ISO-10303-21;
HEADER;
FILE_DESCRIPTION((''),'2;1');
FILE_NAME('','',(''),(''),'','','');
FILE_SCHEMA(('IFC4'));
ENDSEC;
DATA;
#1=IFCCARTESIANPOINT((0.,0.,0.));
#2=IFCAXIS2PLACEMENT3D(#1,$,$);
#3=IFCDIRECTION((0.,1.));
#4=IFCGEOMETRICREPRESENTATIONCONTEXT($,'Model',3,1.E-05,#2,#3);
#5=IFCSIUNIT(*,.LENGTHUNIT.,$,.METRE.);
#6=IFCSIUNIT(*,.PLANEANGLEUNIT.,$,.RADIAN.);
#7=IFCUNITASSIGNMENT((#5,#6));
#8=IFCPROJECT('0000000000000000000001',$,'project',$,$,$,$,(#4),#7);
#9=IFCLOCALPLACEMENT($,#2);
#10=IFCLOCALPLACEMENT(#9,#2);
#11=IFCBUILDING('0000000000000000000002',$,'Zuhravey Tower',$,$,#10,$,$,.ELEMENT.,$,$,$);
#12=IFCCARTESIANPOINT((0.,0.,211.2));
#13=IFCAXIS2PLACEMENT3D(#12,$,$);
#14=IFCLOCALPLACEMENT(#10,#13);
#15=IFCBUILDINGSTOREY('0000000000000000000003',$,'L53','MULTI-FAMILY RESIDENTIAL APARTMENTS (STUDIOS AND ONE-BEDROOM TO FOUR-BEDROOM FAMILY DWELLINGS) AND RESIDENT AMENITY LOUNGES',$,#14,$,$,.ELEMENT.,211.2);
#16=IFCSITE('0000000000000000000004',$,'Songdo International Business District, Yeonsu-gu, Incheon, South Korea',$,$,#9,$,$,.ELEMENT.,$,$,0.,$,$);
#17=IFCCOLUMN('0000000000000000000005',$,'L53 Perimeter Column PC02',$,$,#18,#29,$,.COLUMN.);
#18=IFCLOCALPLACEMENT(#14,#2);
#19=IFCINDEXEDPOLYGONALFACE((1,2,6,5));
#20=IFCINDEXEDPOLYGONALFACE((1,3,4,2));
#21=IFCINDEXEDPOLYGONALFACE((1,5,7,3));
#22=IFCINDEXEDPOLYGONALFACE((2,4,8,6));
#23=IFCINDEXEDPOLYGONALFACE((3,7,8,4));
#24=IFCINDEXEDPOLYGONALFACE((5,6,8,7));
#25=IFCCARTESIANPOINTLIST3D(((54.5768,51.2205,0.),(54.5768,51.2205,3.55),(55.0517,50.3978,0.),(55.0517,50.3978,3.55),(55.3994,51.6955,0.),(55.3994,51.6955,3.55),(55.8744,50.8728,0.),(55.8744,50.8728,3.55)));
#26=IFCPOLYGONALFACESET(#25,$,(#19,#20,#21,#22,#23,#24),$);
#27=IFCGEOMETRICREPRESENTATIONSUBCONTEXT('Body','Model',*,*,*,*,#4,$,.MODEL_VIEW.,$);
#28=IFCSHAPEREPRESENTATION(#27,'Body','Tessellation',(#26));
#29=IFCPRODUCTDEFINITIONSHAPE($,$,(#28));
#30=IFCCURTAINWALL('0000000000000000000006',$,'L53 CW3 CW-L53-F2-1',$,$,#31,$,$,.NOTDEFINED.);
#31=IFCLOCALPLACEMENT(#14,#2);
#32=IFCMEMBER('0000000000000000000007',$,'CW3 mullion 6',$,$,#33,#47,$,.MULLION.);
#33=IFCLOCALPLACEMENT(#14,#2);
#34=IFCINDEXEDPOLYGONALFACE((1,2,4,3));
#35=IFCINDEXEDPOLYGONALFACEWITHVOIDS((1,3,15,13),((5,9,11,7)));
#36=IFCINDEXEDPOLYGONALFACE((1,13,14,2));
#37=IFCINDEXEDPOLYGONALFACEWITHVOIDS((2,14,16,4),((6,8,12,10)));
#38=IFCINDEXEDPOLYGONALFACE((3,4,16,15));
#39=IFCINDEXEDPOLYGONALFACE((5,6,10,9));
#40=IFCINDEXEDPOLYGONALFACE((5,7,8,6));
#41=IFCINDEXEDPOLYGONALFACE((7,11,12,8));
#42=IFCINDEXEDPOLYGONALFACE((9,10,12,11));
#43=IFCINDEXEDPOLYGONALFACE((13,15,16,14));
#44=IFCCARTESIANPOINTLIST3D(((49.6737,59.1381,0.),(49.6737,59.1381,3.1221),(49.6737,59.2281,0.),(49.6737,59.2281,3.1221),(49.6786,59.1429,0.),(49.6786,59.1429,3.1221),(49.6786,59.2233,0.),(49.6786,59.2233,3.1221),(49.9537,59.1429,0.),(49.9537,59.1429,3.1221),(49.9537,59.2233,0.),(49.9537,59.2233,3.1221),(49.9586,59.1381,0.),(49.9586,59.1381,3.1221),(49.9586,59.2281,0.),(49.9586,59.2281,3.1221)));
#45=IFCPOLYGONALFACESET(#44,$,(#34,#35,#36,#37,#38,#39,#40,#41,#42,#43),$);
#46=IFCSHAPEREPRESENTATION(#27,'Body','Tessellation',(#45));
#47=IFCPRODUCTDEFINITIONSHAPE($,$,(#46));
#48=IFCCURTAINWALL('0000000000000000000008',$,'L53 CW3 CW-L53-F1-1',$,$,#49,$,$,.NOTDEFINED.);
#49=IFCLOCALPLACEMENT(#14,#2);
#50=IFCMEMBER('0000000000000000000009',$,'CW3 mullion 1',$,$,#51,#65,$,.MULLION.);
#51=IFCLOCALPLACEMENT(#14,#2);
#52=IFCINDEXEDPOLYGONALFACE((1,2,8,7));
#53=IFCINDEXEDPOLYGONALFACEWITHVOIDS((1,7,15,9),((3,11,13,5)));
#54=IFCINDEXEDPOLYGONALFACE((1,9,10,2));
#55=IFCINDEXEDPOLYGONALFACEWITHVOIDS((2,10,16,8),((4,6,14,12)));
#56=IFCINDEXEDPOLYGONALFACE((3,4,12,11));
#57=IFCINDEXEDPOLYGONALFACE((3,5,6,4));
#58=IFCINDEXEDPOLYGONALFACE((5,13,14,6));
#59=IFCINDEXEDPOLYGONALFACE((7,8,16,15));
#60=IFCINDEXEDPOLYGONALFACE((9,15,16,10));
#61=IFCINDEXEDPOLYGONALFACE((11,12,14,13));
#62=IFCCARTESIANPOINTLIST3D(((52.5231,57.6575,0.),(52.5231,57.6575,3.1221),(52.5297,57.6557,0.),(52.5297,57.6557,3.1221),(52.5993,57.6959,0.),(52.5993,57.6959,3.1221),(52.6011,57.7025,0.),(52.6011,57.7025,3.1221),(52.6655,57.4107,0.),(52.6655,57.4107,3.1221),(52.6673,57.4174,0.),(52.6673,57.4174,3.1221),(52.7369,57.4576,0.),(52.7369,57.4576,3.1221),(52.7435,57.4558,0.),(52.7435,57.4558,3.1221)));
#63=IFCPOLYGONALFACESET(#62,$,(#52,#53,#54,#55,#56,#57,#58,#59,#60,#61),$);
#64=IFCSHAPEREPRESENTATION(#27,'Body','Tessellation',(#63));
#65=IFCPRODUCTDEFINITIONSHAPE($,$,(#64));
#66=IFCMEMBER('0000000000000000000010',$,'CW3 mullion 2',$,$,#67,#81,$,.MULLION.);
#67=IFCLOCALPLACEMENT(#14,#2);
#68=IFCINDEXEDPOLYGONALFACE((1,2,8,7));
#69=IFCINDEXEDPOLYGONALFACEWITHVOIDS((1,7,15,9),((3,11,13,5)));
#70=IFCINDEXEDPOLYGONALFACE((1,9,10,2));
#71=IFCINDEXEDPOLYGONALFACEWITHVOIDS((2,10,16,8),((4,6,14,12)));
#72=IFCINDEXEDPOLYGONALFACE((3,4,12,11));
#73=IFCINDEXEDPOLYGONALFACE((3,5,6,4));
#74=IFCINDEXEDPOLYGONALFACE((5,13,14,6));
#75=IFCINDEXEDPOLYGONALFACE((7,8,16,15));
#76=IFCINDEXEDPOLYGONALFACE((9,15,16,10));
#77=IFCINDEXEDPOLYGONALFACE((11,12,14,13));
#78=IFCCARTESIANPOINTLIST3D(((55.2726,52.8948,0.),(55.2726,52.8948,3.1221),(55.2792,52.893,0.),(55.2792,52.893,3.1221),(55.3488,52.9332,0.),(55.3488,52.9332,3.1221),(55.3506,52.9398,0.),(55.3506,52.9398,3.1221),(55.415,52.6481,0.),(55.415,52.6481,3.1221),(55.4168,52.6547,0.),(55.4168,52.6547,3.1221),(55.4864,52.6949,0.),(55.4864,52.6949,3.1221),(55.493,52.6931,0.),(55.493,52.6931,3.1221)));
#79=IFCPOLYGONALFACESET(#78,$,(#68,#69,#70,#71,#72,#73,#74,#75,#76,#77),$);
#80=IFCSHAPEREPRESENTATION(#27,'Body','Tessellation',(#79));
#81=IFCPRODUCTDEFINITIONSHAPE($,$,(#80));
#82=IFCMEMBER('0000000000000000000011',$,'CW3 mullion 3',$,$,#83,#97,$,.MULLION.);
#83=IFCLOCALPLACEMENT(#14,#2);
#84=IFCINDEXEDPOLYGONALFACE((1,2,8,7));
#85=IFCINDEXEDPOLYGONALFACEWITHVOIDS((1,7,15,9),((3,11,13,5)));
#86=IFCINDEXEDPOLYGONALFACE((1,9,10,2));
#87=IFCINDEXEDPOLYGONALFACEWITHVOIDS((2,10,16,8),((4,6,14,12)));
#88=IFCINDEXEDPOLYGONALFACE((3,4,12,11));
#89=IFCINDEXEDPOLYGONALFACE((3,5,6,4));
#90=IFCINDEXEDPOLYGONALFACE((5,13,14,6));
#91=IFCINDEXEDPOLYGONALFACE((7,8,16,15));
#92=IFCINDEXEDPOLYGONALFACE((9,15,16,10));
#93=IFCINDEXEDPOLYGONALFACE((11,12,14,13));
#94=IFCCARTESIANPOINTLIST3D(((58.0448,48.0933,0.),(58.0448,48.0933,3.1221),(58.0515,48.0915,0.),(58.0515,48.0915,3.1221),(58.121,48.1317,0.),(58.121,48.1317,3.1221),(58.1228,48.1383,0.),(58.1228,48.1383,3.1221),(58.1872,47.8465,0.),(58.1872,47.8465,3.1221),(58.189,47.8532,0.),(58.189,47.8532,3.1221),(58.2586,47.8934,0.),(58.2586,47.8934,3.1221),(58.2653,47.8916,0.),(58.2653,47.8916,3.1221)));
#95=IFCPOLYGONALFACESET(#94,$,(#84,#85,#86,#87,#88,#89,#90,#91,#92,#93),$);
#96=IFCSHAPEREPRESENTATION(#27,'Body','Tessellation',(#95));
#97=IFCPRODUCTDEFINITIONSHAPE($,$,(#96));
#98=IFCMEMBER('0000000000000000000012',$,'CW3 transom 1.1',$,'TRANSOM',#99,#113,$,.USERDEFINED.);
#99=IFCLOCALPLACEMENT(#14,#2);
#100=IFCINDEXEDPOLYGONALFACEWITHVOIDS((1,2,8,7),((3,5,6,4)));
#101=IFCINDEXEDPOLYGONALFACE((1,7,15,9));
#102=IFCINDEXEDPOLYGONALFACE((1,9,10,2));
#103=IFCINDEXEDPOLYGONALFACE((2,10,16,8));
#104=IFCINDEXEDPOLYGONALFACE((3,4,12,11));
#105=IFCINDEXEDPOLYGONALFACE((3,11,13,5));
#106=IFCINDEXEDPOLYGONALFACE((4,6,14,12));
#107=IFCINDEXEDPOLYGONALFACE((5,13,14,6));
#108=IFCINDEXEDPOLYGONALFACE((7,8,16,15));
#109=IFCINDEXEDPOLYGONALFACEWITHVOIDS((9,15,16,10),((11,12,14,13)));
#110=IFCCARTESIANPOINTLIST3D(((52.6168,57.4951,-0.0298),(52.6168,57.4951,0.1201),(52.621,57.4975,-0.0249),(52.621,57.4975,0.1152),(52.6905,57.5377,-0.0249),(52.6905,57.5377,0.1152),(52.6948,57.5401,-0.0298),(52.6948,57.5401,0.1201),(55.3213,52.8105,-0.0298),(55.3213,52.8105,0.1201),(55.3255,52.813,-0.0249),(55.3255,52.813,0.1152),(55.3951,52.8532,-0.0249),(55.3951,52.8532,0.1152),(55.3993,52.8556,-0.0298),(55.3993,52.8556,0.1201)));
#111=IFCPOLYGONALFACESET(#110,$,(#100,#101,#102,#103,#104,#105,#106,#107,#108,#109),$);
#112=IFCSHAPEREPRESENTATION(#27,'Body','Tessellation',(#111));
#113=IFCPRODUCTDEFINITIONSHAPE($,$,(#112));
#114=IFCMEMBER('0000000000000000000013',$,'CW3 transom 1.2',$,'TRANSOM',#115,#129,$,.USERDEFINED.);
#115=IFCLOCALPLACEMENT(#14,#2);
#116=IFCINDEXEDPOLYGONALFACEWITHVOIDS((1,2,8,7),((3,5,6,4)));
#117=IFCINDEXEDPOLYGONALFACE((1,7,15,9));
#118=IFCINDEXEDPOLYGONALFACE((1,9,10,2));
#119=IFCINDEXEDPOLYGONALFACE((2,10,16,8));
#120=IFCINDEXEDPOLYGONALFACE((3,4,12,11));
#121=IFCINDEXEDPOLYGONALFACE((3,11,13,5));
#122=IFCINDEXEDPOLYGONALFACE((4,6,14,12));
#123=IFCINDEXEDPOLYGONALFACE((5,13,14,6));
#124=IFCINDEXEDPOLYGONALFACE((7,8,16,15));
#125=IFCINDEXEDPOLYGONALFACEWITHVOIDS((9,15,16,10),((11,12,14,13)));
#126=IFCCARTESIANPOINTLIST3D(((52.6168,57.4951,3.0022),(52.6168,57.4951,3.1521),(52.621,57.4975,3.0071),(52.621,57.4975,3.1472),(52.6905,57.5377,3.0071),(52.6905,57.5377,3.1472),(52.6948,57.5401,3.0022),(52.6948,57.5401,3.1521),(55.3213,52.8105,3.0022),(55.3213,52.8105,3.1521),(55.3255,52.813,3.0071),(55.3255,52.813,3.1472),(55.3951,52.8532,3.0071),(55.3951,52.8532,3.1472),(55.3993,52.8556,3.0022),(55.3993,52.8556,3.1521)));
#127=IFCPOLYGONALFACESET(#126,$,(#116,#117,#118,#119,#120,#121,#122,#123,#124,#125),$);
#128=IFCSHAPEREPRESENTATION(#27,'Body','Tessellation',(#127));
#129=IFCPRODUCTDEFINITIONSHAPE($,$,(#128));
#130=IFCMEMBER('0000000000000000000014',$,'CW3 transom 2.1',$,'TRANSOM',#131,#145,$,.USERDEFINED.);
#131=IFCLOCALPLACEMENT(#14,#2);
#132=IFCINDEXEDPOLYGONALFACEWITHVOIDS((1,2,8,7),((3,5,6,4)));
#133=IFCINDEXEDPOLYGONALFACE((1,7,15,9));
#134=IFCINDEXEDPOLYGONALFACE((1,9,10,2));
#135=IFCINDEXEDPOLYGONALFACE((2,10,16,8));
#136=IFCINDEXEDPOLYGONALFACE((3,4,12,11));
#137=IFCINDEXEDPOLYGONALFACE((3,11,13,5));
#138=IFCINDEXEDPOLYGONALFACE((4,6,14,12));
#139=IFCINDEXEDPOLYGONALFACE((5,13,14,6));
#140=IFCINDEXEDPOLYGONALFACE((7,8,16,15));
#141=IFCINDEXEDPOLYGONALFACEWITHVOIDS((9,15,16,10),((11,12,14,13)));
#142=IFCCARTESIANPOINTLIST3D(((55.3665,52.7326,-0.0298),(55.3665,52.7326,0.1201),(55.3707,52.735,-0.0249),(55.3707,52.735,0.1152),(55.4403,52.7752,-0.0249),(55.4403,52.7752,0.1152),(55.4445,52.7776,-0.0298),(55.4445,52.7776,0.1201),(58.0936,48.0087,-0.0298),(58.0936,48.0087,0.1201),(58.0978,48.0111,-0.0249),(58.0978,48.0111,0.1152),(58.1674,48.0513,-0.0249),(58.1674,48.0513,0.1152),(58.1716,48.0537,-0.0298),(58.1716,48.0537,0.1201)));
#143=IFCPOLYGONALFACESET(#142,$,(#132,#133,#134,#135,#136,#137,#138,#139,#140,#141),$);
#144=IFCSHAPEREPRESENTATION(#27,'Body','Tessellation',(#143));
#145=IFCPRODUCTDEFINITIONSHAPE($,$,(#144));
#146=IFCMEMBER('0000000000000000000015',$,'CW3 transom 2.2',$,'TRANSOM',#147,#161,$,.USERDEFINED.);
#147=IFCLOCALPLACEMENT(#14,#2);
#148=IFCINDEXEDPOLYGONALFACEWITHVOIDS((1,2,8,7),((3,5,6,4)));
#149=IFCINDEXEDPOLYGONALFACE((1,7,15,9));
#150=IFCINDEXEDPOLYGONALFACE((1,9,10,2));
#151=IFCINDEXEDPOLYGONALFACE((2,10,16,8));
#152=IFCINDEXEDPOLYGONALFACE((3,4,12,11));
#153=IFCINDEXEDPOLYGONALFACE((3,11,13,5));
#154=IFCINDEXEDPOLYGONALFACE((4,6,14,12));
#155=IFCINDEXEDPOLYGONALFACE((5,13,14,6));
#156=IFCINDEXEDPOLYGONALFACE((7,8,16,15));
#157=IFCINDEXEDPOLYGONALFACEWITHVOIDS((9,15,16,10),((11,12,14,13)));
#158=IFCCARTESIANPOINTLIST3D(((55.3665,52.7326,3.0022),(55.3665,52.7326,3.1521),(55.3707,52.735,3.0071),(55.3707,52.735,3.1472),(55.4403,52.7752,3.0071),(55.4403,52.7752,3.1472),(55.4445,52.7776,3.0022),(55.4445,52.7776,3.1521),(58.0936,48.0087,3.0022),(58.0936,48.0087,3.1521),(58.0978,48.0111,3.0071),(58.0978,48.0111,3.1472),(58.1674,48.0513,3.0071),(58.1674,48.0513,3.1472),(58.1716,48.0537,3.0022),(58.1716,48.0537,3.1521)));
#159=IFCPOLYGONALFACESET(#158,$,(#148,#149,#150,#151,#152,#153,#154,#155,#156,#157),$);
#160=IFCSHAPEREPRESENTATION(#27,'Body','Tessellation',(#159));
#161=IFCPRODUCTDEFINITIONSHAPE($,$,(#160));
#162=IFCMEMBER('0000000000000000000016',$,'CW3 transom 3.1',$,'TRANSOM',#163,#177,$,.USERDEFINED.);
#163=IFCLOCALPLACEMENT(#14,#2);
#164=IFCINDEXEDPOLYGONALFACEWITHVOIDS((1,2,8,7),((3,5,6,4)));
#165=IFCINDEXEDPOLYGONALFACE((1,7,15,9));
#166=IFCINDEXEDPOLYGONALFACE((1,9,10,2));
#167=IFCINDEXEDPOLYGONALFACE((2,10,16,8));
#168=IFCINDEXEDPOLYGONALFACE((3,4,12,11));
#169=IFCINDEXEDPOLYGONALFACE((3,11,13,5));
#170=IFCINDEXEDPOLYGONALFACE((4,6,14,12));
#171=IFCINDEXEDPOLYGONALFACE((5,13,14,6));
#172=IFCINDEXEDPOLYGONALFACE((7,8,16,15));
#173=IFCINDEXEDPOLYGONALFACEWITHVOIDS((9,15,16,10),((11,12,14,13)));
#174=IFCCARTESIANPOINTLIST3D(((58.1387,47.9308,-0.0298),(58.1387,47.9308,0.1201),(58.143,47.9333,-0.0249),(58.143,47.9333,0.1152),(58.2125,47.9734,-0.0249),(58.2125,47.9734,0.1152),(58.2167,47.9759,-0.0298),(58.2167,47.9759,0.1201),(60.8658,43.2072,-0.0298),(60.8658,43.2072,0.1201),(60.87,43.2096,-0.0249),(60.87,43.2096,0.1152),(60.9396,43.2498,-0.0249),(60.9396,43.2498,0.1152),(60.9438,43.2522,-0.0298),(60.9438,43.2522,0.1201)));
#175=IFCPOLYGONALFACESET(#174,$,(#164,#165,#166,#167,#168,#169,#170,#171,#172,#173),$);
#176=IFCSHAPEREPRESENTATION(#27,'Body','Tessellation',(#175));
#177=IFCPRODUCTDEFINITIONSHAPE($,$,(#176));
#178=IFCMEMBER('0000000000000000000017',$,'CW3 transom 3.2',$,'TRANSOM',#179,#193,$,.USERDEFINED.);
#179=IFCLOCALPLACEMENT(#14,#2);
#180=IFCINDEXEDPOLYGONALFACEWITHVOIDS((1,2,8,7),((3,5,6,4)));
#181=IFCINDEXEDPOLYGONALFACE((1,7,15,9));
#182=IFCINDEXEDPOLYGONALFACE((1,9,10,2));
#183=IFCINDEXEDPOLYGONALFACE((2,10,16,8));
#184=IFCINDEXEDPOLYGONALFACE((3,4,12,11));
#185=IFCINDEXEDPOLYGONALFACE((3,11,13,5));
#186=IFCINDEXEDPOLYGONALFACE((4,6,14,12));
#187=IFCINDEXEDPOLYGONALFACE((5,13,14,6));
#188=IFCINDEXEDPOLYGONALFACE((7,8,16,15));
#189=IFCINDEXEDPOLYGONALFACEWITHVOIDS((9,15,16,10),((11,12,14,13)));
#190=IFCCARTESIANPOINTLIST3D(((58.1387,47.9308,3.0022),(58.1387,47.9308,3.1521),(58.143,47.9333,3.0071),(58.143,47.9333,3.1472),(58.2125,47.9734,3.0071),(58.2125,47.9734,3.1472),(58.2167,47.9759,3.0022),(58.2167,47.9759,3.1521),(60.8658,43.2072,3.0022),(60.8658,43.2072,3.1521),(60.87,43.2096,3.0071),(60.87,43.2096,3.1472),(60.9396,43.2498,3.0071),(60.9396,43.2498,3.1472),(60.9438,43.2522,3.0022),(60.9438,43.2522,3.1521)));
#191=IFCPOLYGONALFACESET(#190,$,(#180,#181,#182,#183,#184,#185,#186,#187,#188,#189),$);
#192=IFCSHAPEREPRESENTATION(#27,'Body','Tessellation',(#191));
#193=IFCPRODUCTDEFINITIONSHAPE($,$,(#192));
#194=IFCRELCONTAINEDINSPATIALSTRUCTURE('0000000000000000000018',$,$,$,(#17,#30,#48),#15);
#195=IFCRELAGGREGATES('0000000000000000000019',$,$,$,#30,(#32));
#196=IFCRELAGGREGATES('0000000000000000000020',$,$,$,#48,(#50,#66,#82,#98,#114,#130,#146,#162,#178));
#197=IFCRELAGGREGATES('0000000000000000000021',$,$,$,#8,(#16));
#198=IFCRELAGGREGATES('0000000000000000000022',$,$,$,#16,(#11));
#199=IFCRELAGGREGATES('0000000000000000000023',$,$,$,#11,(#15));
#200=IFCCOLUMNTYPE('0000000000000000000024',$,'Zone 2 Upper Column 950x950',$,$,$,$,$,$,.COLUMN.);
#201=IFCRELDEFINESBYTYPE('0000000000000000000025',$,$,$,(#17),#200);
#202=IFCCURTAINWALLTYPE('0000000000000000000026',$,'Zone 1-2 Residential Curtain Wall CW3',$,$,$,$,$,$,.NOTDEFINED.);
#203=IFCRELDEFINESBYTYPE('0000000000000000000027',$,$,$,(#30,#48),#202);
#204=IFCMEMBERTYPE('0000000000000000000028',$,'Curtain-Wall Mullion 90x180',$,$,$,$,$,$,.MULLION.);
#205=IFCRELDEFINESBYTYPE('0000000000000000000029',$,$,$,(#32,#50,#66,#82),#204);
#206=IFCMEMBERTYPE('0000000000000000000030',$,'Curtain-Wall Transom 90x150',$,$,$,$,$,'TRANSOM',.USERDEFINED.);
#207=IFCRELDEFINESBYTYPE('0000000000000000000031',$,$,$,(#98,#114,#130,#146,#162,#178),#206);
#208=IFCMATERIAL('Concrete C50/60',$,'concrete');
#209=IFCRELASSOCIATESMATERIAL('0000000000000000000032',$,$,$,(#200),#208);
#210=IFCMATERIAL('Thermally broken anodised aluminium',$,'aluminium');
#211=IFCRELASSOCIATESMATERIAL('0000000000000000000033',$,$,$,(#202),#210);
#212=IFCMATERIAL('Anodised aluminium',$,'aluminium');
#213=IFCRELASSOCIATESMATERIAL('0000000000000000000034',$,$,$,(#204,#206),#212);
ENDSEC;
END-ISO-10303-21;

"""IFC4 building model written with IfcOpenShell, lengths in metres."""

from ifc_helpers import new_model, si_unit, direction, frame, origin, origin_2d, place, context, subcontext, project, spatial, rectangle, hollow_rectangle, extrude, material, material_profile, profile_set, type_object, element, aggregate, save


model = new_model("IFC4")

# Units and contexts
model_context = context("Model", 3, precision=1e-05, world=origin(), true_north=direction((0.0, 1.0)))
body_context = subcontext(model_context, "Body", "Model", "MODEL_VIEW")
ifc_project = project(units=[si_unit("LENGTHUNIT", "METRE"), si_unit("PLANEANGLEUNIT", "RADIAN")], contexts=[model_context])

# Site, building, storey
site_placement = place(None, origin())
site = spatial("IfcSite", under=ifc_project, at=site_placement, Name="Songdo International Business District, Yeonsu-gu, Incheon, South Korea", CompositionType="ELEMENT", RefElevation=0.0)
building_placement = place(site_placement, origin())
building = spatial("IfcBuilding", under=site, at=building_placement, Name="Zuhravey Tower", CompositionType="ELEMENT")
storey_placement = place(building_placement, frame((0.0, 0.0, 211.2)))
storey = spatial("IfcBuildingStorey", under=building, at=storey_placement, Name="L53", Description="MULTI-FAMILY RESIDENTIAL APARTMENTS (STUDIOS AND ONE-BEDROOM TO FOUR-BEDROOM FAMILY DWELLINGS) AND RESIDENT AMENITY LOUNGES", CompositionType="ELEMENT", Elevation=211.2)

# Column
ifc_material_1 = material(Name="Concrete C50/60", Category="concrete")
ifc_material_profile_1 = material_profile(ifc_material_1, rectangle(XDim=0.95, YDim=0.95, at=origin_2d()), Name="RC-950x950")
ifc_profile_set_1 = profile_set([ifc_material_profile_1], Name="Concrete C50/60")
column_type = type_object("IfcColumnType", Name="Zone 2 Upper Column 950x950", PredefinedType="COLUMN", material=ifc_profile_set_1)
column_placement = place(storey_placement, frame((55.2256, 51.0466, 0.0), z_axis=(0.0, 0.0, 1.0), x_axis=(-0.5, 0.866025, 0.0)))
element("IfcColumn", 1, at=column_placement, inside=storey, type_object=column_type, Name="L53 Perimeter Column PC02", PredefinedType="COLUMN", context=body_context, shape_type="SweptSolid", body=[
    extrude(rectangle(XDim=0.95, YDim=0.95, at=origin_2d()), origin(), (0.0, 0.0, 1.0), 3.55),
])

# Curtain wall, member
ifc_material_2 = material(Name="Thermally broken anodised aluminium", Category="aluminium")
curtain_wall_type = type_object("IfcCurtainWallType", Name="Zone 1-2 Residential Curtain Wall CW3", PredefinedType="NOTDEFINED", material=ifc_material_2)
curtain_wall_1_placement = place(storey_placement, origin())
curtain_wall_1 = element("IfcCurtainWall", 2, at=curtain_wall_1_placement, inside=storey, type_object=curtain_wall_type, Name="L53 CW3 CW-L53-F2-1", PredefinedType="NOTDEFINED")
ifc_material_3 = material(Name="Anodised aluminium", Category="aluminium")
ifc_material_profile_2 = material_profile(ifc_material_3, hollow_rectangle(XDim=0.0901, YDim=0.2849, WallThickness=0.0049, at=origin_2d()), Name="ALU-RHS-90x285x5")
ifc_profile_set_2 = profile_set([ifc_material_profile_2], Name="Anodised aluminium")
member_type_1 = type_object("IfcMemberType", Name="Curtain-Wall Mullion 90x180", PredefinedType="MULLION", material=ifc_profile_set_2)
member_1_placement = place(storey_placement, frame((49.8162, 59.1831, 0.0), z_axis=(0.0, 0.0, 1.0), x_axis=(0.0, 1.0, 0.0)))
member_1 = element("IfcMember", 3, at=member_1_placement, type_object=member_type_1, Name="CW3 mullion 6", PredefinedType="MULLION", context=body_context, shape_type="SweptSolid", body=[
    extrude(hollow_rectangle(XDim=0.0901, YDim=0.2849, WallThickness=0.0049, at=origin_2d()), origin(), (0.0, 0.0, 1.0), 3.1221),
])

# Curtain wall, members
curtain_wall_2_placement = place(storey_placement, origin())
curtain_wall_2 = element("IfcCurtainWall", 4, at=curtain_wall_2_placement, inside=storey, type_object=curtain_wall_type, Name="L53 CW3 CW-L53-F1-1", PredefinedType="NOTDEFINED")
member_2_placement = place(storey_placement, frame((52.6333, 57.5566, 0.0), z_axis=(0.0, 0.0, 1.0), x_axis=(0.866025, 0.5, 0.0)))
member_2 = element("IfcMember", 5, at=member_2_placement, type_object=member_type_1, Name="CW3 mullion 1", PredefinedType="MULLION", context=body_context, shape_type="SweptSolid", body=[
    extrude(hollow_rectangle(XDim=0.0901, YDim=0.2849, WallThickness=0.0049, at=origin_2d()), origin(), (0.0, 0.0, 1.0), 3.1221),
])
member_3_placement = place(storey_placement, frame((55.3828, 52.7939, 0.0), z_axis=(0.0, 0.0, 1.0), x_axis=(0.866025, 0.5, 0.0)))
member_3 = element("IfcMember", 6, at=member_3_placement, type_object=member_type_1, Name="CW3 mullion 2", PredefinedType="MULLION", context=body_context, shape_type="SweptSolid", body=[
    extrude(hollow_rectangle(XDim=0.0901, YDim=0.2849, WallThickness=0.0049, at=origin_2d()), origin(), (0.0, 0.0, 1.0), 3.1221),
])
member_4_placement = place(storey_placement, frame((58.155, 47.9924, 0.0), z_axis=(0.0, 0.0, 1.0), x_axis=(0.866025, 0.5, 0.0)))
member_4 = element("IfcMember", 7, at=member_4_placement, type_object=member_type_1, Name="CW3 mullion 3", PredefinedType="MULLION", context=body_context, shape_type="SweptSolid", body=[
    extrude(hollow_rectangle(XDim=0.0901, YDim=0.2849, WallThickness=0.0049, at=origin_2d()), origin(), (0.0, 0.0, 1.0), 3.1221),
])
ifc_material_profile_3 = material_profile(ifc_material_3, hollow_rectangle(XDim=0.0901, YDim=0.1499, WallThickness=0.0049, at=origin_2d()), Name="ALU-RHS-90x150x5")
ifc_profile_set_3 = profile_set([ifc_material_profile_3], Name="Anodised aluminium")
member_type_2 = type_object("IfcMemberType", Name="Curtain-Wall Transom 90x150", ElementType="TRANSOM", PredefinedType="USERDEFINED", material=ifc_profile_set_3)
member_5_placement = place(storey_placement, frame((52.6558, 57.5176, 0.0452), z_axis=(0.499993, -0.866029, 0.0), x_axis=(0.866029, 0.499993, 0.0)))
member_5 = element("IfcMember", 8, at=member_5_placement, type_object=member_type_2, Name="CW3 transom 1.1", ObjectType="TRANSOM", PredefinedType="USERDEFINED", context=body_context, shape_type="SweptSolid", body=[
    extrude(hollow_rectangle(XDim=0.0901, YDim=0.1499, WallThickness=0.0049, at=origin_2d()), origin(), (0.0, 0.0, 1.0), 5.4092),
])
member_6_placement = place(storey_placement, frame((52.6558, 57.5176, 3.0771), z_axis=(0.499993, -0.866029, 0.0), x_axis=(0.866029, 0.499993, 0.0)))
member_6 = element("IfcMember", 9, at=member_6_placement, type_object=member_type_2, Name="CW3 transom 1.2", ObjectType="TRANSOM", PredefinedType="USERDEFINED", context=body_context, shape_type="SweptSolid", body=[
    extrude(hollow_rectangle(XDim=0.0901, YDim=0.1499, WallThickness=0.0049, at=origin_2d()), origin(), (0.0, 0.0, 1.0), 5.4092),
])
member_7_placement = place(storey_placement, frame((55.4055, 52.7551, 0.0452), z_axis=(0.499961, -0.866048, 0.0), x_axis=(0.866048, 0.499961, 0.0)))
member_7 = element("IfcMember", 10, at=member_7_placement, type_object=member_type_2, Name="CW3 transom 2.1", ObjectType="TRANSOM", PredefinedType="USERDEFINED", context=body_context, shape_type="SweptSolid", body=[
    extrude(hollow_rectangle(XDim=0.0901, YDim=0.1499, WallThickness=0.0049, at=origin_2d()), origin(), (0.0, 0.0, 1.0), 5.4546),
])
member_8_placement = place(storey_placement, frame((55.4055, 52.7551, 3.0771), z_axis=(0.499961, -0.866048, 0.0), x_axis=(0.866048, 0.499961, 0.0)))
member_8 = element("IfcMember", 11, at=member_8_placement, type_object=member_type_2, Name="CW3 transom 2.2", ObjectType="TRANSOM", PredefinedType="USERDEFINED", context=body_context, shape_type="SweptSolid", body=[
    extrude(hollow_rectangle(XDim=0.0901, YDim=0.1499, WallThickness=0.0049, at=origin_2d()), origin(), (0.0, 0.0, 1.0), 5.4546),
])
member_9_placement = place(storey_placement, frame((58.1777, 47.9534, 0.0452), z_axis=(0.499981, -0.866037, 0.0), x_axis=(0.866037, 0.499981, 0.0)))
member_9 = element("IfcMember", 12, at=member_9_placement, type_object=member_type_2, Name="CW3 transom 3.1", ObjectType="TRANSOM", PredefinedType="USERDEFINED", context=body_context, shape_type="SweptSolid", body=[
    extrude(hollow_rectangle(XDim=0.0901, YDim=0.1499, WallThickness=0.0049, at=origin_2d()), origin(), (0.0, 0.0, 1.0), 5.4543),
])
member_10_placement = place(storey_placement, frame((58.1777, 47.9534, 3.0771), z_axis=(0.499981, -0.866037, 0.0), x_axis=(0.866037, 0.499981, 0.0)))
member_10 = element("IfcMember", 13, at=member_10_placement, type_object=member_type_2, Name="CW3 transom 3.2", ObjectType="TRANSOM", PredefinedType="USERDEFINED", context=body_context, shape_type="SweptSolid", body=[
    extrude(hollow_rectangle(XDim=0.0901, YDim=0.1499, WallThickness=0.0049, at=origin_2d()), origin(), (0.0, 0.0, 1.0), 5.4543),
])

aggregate(curtain_wall_1, [member_1])
aggregate(curtain_wall_2, [member_2, member_3, member_4, member_5, member_6, member_7, member_8, member_9, member_10])

save(model, "model.ifc")
